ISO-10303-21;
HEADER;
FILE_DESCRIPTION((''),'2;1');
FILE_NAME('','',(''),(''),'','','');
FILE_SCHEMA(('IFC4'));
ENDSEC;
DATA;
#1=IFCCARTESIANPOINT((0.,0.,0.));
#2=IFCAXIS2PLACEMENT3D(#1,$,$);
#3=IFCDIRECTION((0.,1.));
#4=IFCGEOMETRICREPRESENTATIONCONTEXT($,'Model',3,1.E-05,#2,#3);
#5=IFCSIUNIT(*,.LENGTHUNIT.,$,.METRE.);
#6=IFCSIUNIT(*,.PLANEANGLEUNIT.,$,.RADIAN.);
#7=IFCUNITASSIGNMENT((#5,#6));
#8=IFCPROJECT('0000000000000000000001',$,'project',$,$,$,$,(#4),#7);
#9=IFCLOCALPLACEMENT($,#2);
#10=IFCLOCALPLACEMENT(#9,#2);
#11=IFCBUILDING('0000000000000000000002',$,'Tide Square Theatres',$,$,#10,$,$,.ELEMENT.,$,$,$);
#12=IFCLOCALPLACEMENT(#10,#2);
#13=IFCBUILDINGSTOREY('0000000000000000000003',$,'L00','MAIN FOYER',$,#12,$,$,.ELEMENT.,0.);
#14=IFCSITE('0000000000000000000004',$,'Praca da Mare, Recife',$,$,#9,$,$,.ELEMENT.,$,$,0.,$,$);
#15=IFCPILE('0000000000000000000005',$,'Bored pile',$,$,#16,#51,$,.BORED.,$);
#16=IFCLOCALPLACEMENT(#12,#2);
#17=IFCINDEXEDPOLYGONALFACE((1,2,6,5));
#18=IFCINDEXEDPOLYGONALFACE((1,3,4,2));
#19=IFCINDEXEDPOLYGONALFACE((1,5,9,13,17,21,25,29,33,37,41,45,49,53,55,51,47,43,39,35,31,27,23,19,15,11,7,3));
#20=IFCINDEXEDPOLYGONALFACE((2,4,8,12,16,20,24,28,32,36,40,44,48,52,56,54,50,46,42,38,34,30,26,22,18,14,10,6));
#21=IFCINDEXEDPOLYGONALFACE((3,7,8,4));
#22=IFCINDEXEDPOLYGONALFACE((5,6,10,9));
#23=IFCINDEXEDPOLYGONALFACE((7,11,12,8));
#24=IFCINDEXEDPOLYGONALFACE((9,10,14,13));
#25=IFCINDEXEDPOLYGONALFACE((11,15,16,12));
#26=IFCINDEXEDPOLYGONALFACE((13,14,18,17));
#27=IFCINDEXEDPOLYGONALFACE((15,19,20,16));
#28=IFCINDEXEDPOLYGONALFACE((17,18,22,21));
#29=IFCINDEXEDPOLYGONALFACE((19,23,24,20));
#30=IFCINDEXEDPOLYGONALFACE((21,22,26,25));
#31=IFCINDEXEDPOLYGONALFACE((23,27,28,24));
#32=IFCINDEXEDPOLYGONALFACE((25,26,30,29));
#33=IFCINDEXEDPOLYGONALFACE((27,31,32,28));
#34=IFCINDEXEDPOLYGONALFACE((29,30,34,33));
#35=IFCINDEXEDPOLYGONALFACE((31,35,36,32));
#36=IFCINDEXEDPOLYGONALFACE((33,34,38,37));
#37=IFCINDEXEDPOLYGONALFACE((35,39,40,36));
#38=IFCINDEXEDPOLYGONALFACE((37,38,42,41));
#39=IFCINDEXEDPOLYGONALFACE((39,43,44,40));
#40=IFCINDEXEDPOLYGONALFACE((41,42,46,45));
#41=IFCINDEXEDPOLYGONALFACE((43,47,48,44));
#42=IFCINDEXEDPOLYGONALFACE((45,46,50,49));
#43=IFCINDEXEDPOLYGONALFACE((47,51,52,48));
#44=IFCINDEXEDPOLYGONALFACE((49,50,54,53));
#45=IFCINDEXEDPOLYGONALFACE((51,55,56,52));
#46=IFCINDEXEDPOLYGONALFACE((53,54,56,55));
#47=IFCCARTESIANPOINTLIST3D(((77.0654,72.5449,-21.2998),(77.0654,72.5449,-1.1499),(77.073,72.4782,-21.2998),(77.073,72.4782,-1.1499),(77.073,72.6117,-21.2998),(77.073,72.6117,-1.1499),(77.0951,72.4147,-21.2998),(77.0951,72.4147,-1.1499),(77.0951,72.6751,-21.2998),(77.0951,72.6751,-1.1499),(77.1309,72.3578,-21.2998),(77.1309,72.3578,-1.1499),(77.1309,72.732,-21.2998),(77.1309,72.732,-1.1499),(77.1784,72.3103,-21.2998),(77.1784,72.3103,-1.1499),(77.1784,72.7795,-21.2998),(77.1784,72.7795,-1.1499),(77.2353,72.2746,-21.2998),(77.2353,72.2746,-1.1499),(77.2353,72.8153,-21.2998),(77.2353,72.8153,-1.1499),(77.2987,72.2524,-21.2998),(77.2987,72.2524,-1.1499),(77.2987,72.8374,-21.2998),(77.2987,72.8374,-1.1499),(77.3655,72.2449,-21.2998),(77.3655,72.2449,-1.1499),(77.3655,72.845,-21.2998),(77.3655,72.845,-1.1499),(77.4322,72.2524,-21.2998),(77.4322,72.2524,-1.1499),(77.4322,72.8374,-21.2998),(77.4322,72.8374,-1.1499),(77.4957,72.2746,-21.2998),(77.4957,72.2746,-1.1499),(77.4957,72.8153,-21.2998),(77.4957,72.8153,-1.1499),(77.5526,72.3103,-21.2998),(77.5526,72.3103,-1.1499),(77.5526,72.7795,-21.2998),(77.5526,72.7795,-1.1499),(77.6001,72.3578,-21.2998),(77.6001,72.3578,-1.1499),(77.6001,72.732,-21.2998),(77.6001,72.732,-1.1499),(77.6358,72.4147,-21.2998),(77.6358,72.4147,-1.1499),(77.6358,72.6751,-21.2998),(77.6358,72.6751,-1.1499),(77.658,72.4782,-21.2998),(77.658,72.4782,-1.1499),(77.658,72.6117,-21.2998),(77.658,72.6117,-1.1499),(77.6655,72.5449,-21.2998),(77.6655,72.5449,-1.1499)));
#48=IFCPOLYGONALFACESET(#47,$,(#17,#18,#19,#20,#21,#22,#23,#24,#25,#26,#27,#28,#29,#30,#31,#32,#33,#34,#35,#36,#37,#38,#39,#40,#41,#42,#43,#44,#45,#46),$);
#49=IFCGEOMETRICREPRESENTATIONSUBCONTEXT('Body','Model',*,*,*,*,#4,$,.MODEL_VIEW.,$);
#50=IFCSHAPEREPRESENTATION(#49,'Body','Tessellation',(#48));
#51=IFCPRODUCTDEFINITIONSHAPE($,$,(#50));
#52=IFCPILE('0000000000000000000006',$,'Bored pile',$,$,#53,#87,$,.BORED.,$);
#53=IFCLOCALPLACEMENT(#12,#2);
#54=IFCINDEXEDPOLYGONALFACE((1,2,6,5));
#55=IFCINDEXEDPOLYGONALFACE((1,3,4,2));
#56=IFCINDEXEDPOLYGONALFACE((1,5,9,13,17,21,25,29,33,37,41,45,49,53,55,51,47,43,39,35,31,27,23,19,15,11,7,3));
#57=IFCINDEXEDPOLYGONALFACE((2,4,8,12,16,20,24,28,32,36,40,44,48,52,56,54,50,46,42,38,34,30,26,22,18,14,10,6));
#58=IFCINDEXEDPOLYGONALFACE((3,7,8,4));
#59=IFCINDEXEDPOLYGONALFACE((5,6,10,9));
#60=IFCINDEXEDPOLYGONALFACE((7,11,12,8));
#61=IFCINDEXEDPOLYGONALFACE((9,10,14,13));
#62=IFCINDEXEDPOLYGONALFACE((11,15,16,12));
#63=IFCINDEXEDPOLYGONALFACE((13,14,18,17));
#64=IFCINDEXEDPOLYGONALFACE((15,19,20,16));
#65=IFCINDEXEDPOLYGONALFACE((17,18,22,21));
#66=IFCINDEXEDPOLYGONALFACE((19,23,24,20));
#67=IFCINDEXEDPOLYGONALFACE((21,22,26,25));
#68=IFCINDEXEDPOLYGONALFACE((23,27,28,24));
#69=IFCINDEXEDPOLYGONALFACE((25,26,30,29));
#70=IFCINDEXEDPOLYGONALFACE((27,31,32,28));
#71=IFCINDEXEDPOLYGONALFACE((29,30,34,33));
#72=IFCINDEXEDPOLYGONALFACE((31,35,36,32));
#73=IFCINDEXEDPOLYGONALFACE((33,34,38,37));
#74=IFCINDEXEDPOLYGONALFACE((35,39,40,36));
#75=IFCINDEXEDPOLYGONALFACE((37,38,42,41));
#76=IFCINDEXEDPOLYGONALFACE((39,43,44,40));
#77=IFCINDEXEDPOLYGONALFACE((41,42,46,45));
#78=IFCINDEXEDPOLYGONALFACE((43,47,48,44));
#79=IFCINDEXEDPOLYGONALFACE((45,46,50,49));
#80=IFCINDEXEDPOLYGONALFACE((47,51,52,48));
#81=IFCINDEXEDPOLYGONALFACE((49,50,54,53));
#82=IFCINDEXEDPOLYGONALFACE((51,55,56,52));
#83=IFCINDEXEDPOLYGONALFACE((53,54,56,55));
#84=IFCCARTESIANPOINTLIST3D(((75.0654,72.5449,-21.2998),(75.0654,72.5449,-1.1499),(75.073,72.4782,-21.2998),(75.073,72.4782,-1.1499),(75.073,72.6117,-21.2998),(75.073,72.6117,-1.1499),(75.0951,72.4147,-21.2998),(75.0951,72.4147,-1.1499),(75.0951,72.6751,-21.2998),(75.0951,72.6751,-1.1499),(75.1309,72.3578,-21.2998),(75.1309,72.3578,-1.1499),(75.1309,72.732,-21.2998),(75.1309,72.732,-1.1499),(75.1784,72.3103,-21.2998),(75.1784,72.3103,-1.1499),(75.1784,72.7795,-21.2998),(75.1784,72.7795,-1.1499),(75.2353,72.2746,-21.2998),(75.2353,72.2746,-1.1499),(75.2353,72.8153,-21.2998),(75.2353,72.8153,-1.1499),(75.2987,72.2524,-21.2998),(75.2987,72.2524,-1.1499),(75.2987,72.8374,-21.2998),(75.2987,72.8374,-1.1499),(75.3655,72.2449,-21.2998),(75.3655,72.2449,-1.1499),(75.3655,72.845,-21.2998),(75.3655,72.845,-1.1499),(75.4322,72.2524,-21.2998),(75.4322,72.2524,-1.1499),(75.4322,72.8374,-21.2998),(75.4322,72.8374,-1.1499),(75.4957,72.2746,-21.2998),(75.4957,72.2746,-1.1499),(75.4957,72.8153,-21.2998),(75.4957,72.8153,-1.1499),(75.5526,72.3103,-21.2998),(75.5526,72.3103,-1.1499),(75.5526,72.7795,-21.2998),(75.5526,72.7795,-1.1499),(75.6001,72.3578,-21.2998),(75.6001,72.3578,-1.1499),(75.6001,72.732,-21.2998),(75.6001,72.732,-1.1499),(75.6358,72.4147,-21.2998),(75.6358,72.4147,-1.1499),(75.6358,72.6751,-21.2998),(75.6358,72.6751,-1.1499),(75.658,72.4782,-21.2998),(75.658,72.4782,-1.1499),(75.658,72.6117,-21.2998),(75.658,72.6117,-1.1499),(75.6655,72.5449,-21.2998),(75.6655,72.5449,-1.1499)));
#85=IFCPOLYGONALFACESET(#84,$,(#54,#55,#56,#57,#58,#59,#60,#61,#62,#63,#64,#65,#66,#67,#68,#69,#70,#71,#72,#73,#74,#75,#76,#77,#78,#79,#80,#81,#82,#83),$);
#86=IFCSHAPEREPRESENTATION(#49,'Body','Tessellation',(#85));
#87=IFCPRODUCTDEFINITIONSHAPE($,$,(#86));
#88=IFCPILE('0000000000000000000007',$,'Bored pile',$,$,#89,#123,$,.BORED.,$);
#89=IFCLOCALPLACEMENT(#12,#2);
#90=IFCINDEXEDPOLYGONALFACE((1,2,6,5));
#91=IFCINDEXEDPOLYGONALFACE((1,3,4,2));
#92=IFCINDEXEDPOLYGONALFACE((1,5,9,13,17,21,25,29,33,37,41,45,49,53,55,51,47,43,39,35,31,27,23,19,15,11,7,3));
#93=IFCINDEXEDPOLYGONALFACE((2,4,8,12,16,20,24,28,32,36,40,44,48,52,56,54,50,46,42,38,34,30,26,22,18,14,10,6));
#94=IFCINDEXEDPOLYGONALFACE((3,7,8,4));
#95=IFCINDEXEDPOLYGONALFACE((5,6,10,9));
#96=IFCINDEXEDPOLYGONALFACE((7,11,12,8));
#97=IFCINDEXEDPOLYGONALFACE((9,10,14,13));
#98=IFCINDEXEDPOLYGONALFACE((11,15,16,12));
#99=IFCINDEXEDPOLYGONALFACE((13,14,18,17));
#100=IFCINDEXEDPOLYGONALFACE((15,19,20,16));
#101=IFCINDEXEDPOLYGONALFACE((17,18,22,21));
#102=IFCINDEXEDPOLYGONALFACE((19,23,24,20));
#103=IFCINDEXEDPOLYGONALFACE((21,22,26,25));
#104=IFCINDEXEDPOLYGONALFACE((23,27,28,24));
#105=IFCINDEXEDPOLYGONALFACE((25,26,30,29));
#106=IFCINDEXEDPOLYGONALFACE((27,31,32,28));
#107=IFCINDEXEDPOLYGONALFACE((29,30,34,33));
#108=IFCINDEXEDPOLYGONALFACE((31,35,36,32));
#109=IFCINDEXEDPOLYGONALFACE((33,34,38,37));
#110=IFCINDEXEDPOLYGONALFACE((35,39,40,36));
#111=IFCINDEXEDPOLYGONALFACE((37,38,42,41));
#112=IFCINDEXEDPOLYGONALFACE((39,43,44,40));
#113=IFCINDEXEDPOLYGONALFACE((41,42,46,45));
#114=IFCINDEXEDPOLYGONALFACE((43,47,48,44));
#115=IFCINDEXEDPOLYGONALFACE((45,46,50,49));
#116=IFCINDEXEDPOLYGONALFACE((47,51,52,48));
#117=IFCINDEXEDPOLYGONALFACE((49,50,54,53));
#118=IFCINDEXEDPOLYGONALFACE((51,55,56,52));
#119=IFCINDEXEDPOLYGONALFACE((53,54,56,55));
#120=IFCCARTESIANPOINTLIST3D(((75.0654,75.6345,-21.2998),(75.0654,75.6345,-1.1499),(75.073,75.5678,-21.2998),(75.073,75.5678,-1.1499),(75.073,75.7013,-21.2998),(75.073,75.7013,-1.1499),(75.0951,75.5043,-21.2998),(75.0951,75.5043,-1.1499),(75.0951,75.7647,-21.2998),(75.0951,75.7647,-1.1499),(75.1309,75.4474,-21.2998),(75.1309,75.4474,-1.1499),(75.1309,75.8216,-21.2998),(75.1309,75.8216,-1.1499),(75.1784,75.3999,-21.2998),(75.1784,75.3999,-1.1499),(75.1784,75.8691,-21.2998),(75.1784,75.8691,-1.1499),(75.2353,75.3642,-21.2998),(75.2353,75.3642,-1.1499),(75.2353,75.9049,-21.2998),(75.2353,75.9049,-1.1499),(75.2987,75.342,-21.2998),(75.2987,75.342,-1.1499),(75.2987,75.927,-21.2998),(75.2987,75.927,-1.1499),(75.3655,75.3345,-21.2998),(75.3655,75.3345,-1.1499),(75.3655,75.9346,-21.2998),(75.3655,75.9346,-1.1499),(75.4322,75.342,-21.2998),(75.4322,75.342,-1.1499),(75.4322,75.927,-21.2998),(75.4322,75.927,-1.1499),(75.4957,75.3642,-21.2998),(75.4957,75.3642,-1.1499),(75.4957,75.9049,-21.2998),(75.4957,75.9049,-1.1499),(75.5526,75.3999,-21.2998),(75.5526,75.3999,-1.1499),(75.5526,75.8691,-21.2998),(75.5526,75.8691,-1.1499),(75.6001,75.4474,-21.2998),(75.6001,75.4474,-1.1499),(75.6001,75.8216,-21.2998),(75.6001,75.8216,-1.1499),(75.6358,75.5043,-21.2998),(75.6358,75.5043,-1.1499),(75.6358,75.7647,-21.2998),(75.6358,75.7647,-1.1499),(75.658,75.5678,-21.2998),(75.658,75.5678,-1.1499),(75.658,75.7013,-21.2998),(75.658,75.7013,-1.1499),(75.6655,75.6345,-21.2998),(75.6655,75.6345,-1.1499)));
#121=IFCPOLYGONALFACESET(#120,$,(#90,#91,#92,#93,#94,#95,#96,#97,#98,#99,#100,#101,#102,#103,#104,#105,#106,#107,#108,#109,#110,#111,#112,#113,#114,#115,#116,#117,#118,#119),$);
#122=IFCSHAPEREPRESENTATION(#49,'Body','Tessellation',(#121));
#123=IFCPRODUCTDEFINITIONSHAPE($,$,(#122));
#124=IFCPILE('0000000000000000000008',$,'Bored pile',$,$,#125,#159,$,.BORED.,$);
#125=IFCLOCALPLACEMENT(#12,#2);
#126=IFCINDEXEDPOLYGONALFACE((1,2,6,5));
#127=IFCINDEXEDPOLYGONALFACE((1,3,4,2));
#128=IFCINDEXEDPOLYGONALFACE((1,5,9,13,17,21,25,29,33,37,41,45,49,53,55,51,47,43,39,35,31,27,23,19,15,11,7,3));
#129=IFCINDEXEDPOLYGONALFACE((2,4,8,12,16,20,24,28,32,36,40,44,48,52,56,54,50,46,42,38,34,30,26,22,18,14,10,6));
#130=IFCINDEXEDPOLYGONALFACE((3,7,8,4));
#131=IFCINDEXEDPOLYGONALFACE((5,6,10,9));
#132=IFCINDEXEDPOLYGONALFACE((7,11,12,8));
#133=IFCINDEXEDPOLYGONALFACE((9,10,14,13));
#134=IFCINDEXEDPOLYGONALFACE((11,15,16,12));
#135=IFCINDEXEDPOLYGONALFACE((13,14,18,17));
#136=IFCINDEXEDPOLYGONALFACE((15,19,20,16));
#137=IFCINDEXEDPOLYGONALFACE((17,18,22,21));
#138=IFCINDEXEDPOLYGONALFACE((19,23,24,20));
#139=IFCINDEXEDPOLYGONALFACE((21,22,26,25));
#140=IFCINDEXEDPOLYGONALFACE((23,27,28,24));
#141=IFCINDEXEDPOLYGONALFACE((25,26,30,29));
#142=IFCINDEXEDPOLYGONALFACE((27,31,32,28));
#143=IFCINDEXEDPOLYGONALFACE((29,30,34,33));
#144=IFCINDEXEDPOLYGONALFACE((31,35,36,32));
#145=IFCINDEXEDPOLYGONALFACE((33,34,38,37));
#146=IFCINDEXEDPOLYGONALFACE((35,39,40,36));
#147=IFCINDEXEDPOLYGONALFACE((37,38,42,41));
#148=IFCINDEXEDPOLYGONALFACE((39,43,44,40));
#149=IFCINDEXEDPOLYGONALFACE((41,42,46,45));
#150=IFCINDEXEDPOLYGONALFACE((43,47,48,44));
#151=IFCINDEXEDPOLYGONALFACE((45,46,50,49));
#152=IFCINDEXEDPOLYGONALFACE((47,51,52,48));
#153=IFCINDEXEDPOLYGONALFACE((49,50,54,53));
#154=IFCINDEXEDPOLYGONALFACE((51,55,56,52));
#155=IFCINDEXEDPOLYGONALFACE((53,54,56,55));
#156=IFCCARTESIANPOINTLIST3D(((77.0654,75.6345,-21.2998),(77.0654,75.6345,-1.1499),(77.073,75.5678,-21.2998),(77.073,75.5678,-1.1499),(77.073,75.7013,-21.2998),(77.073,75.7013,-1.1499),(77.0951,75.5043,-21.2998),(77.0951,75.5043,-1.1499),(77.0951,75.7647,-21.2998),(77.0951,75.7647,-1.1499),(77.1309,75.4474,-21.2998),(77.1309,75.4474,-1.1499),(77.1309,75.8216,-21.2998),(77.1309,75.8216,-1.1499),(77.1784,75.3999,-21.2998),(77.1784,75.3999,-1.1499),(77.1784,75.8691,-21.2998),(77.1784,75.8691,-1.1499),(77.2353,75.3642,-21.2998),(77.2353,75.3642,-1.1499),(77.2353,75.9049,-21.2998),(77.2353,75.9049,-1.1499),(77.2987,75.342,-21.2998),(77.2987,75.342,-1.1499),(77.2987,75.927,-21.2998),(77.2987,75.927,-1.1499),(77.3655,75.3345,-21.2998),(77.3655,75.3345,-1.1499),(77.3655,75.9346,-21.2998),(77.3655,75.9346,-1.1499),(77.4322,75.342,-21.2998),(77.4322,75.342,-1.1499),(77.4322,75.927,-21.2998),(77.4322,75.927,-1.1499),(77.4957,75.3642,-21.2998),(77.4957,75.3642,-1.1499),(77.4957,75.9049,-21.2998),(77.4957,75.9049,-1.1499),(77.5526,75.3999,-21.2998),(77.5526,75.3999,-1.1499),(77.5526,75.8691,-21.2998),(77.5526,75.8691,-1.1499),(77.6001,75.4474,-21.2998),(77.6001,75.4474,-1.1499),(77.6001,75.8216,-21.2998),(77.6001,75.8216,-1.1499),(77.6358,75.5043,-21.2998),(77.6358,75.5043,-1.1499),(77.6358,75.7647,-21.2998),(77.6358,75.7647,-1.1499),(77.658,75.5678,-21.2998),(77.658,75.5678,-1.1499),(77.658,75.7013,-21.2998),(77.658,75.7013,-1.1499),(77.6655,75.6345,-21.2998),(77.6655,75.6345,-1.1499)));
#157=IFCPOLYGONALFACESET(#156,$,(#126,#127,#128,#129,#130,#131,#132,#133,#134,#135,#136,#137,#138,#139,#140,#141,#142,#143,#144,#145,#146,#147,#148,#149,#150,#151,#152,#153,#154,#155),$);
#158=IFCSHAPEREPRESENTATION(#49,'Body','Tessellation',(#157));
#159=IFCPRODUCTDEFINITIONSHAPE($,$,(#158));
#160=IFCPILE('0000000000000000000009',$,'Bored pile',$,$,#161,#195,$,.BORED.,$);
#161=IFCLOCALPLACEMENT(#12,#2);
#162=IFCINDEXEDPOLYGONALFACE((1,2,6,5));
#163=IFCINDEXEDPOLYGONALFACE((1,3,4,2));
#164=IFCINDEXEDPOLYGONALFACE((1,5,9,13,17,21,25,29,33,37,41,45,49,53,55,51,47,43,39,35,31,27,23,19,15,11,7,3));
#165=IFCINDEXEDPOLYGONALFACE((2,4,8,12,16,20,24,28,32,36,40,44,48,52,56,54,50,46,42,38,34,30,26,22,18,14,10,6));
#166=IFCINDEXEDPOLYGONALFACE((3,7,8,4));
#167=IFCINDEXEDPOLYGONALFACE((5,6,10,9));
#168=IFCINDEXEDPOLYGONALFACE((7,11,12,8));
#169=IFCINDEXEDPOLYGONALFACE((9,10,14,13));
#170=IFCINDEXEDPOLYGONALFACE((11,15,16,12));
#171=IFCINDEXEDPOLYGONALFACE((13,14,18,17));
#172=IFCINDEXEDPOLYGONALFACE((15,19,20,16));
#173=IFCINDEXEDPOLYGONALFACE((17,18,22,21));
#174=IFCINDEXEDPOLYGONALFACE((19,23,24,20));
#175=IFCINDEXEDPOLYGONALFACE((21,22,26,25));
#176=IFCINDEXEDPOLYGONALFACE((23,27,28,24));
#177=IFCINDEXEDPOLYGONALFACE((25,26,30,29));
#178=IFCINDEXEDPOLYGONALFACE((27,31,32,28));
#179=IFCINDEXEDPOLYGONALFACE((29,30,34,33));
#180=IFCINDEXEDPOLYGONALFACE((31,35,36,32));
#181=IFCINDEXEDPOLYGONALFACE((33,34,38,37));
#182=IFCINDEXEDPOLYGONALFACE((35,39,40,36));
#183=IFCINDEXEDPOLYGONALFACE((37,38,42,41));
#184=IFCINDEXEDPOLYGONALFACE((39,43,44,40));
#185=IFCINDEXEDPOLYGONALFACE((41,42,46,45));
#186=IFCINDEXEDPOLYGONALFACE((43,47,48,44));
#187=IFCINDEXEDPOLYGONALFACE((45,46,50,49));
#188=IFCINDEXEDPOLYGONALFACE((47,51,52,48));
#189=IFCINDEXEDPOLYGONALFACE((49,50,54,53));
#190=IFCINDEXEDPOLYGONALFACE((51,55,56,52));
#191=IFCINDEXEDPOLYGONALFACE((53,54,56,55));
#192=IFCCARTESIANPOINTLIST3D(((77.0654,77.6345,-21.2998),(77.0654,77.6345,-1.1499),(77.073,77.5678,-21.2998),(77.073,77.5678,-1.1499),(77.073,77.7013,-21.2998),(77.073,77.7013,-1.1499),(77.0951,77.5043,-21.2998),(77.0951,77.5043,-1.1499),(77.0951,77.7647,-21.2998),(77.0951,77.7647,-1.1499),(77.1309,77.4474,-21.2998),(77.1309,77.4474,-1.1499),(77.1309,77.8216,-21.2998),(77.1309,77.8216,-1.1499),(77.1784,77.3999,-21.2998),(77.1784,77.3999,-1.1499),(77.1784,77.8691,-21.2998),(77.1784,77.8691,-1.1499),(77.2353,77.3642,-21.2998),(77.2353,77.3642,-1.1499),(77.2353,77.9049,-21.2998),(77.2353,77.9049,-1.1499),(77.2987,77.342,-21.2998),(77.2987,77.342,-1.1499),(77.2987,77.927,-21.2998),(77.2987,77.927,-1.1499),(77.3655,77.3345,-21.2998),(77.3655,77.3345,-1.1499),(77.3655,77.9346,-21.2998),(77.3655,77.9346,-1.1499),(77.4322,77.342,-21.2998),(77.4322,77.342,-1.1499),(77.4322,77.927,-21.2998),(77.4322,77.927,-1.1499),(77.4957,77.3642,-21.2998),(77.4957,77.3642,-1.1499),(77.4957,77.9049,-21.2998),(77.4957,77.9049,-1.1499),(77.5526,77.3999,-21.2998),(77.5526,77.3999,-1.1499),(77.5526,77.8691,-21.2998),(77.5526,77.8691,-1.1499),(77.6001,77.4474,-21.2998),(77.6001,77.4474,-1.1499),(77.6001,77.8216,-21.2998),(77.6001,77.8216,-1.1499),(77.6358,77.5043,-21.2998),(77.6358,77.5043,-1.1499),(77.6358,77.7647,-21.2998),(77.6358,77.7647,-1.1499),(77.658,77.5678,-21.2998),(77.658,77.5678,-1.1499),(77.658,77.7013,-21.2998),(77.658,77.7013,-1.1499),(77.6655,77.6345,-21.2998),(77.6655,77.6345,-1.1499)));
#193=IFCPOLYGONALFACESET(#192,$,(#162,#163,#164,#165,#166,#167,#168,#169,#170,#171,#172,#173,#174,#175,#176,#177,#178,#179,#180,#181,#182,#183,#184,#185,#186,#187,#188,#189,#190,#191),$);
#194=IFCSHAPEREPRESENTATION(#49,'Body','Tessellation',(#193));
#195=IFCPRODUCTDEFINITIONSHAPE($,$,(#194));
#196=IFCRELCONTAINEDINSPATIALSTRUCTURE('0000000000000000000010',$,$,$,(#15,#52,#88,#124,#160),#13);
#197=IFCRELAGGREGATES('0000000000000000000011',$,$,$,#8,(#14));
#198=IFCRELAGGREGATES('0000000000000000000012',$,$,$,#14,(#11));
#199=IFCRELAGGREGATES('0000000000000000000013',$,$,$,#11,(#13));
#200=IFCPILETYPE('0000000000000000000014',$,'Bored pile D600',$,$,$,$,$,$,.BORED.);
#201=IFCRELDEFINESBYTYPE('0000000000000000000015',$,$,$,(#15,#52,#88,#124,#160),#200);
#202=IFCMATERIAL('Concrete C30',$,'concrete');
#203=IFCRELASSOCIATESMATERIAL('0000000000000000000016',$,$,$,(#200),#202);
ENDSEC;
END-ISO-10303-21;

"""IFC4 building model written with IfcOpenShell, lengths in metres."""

from ifc_helpers import new_model, si_unit, direction, frame, origin, origin_2d, place, context, subcontext, project, spatial, circle, extrude, material, material_profile, profile_set, type_object, element, save


model = new_model("IFC4")

# Units and contexts
model_context = context("Model", 3, precision=1e-05, world=origin(), true_north=direction((0.0, 1.0)))
body_context = subcontext(model_context, "Body", "Model", "MODEL_VIEW")
ifc_project = project(units=[si_unit("LENGTHUNIT", "METRE"), si_unit("PLANEANGLEUNIT", "RADIAN")], contexts=[model_context])

# Site, building, storey
site_placement = place(None, origin())
site = spatial("IfcSite", under=ifc_project, at=site_placement, Name="Praca da Mare, Recife", CompositionType="ELEMENT", RefElevation=0.0)
building_placement = place(site_placement, origin())
building = spatial("IfcBuilding", under=site, at=building_placement, Name="Tide Square Theatres", CompositionType="ELEMENT")
storey_placement = place(building_placement, origin())
storey = spatial("IfcBuildingStorey", under=building, at=storey_placement, Name="L00", Description="MAIN FOYER", CompositionType="ELEMENT", Elevation=0.0)

# Piles
ifc_material_1 = material(Name="Concrete C30", Category="concrete")
ifc_material_profile_1 = material_profile(ifc_material_1, circle(Radius=0.3, at=origin_2d()))
ifc_profile_set_1 = profile_set([ifc_material_profile_1], Name="Concrete C30")
pile_type = type_object("IfcPileType", Name="Bored pile D600", PredefinedType="BORED", material=ifc_profile_set_1)
for number, where, z_axis, x_axis, name in (
    (1, (77.3655, 72.5449, -1.1499), (0.0, 0.0, -1.0), (1.0, 0.0, 0.0), "Bored pile"),
    (2, (75.3655, 72.5449, -1.1499), (0.0, 0.0, -1.0), (1.0, 0.0, 0.0), "Bored pile"),
    (3, (75.3655, 75.6345, -1.1499), (0.0, 0.0, -1.0), (1.0, 0.0, 0.0), "Bored pile"),
    (4, (77.3655, 75.6345, -1.1499), (0.0, 0.0, -1.0), (1.0, 0.0, 0.0), "Bored pile"),
    (5, (77.3655, 77.6345, -1.1499), (0.0, 0.0, -1.0), (1.0, 0.0, 0.0), "Bored pile"),
):
    element("IfcPile", number, at=place(storey_placement, frame(where, z_axis=z_axis, x_axis=x_axis)), inside=storey, type_object=pile_type, Name=name, PredefinedType="BORED", context=body_context, shape_type="SweptSolid", body=[
        extrude(circle(Radius=0.3, at=origin_2d()), origin(), (0.0, 0.0, 1.0), 20.1499),
    ])

save(model, "model.ifc")
